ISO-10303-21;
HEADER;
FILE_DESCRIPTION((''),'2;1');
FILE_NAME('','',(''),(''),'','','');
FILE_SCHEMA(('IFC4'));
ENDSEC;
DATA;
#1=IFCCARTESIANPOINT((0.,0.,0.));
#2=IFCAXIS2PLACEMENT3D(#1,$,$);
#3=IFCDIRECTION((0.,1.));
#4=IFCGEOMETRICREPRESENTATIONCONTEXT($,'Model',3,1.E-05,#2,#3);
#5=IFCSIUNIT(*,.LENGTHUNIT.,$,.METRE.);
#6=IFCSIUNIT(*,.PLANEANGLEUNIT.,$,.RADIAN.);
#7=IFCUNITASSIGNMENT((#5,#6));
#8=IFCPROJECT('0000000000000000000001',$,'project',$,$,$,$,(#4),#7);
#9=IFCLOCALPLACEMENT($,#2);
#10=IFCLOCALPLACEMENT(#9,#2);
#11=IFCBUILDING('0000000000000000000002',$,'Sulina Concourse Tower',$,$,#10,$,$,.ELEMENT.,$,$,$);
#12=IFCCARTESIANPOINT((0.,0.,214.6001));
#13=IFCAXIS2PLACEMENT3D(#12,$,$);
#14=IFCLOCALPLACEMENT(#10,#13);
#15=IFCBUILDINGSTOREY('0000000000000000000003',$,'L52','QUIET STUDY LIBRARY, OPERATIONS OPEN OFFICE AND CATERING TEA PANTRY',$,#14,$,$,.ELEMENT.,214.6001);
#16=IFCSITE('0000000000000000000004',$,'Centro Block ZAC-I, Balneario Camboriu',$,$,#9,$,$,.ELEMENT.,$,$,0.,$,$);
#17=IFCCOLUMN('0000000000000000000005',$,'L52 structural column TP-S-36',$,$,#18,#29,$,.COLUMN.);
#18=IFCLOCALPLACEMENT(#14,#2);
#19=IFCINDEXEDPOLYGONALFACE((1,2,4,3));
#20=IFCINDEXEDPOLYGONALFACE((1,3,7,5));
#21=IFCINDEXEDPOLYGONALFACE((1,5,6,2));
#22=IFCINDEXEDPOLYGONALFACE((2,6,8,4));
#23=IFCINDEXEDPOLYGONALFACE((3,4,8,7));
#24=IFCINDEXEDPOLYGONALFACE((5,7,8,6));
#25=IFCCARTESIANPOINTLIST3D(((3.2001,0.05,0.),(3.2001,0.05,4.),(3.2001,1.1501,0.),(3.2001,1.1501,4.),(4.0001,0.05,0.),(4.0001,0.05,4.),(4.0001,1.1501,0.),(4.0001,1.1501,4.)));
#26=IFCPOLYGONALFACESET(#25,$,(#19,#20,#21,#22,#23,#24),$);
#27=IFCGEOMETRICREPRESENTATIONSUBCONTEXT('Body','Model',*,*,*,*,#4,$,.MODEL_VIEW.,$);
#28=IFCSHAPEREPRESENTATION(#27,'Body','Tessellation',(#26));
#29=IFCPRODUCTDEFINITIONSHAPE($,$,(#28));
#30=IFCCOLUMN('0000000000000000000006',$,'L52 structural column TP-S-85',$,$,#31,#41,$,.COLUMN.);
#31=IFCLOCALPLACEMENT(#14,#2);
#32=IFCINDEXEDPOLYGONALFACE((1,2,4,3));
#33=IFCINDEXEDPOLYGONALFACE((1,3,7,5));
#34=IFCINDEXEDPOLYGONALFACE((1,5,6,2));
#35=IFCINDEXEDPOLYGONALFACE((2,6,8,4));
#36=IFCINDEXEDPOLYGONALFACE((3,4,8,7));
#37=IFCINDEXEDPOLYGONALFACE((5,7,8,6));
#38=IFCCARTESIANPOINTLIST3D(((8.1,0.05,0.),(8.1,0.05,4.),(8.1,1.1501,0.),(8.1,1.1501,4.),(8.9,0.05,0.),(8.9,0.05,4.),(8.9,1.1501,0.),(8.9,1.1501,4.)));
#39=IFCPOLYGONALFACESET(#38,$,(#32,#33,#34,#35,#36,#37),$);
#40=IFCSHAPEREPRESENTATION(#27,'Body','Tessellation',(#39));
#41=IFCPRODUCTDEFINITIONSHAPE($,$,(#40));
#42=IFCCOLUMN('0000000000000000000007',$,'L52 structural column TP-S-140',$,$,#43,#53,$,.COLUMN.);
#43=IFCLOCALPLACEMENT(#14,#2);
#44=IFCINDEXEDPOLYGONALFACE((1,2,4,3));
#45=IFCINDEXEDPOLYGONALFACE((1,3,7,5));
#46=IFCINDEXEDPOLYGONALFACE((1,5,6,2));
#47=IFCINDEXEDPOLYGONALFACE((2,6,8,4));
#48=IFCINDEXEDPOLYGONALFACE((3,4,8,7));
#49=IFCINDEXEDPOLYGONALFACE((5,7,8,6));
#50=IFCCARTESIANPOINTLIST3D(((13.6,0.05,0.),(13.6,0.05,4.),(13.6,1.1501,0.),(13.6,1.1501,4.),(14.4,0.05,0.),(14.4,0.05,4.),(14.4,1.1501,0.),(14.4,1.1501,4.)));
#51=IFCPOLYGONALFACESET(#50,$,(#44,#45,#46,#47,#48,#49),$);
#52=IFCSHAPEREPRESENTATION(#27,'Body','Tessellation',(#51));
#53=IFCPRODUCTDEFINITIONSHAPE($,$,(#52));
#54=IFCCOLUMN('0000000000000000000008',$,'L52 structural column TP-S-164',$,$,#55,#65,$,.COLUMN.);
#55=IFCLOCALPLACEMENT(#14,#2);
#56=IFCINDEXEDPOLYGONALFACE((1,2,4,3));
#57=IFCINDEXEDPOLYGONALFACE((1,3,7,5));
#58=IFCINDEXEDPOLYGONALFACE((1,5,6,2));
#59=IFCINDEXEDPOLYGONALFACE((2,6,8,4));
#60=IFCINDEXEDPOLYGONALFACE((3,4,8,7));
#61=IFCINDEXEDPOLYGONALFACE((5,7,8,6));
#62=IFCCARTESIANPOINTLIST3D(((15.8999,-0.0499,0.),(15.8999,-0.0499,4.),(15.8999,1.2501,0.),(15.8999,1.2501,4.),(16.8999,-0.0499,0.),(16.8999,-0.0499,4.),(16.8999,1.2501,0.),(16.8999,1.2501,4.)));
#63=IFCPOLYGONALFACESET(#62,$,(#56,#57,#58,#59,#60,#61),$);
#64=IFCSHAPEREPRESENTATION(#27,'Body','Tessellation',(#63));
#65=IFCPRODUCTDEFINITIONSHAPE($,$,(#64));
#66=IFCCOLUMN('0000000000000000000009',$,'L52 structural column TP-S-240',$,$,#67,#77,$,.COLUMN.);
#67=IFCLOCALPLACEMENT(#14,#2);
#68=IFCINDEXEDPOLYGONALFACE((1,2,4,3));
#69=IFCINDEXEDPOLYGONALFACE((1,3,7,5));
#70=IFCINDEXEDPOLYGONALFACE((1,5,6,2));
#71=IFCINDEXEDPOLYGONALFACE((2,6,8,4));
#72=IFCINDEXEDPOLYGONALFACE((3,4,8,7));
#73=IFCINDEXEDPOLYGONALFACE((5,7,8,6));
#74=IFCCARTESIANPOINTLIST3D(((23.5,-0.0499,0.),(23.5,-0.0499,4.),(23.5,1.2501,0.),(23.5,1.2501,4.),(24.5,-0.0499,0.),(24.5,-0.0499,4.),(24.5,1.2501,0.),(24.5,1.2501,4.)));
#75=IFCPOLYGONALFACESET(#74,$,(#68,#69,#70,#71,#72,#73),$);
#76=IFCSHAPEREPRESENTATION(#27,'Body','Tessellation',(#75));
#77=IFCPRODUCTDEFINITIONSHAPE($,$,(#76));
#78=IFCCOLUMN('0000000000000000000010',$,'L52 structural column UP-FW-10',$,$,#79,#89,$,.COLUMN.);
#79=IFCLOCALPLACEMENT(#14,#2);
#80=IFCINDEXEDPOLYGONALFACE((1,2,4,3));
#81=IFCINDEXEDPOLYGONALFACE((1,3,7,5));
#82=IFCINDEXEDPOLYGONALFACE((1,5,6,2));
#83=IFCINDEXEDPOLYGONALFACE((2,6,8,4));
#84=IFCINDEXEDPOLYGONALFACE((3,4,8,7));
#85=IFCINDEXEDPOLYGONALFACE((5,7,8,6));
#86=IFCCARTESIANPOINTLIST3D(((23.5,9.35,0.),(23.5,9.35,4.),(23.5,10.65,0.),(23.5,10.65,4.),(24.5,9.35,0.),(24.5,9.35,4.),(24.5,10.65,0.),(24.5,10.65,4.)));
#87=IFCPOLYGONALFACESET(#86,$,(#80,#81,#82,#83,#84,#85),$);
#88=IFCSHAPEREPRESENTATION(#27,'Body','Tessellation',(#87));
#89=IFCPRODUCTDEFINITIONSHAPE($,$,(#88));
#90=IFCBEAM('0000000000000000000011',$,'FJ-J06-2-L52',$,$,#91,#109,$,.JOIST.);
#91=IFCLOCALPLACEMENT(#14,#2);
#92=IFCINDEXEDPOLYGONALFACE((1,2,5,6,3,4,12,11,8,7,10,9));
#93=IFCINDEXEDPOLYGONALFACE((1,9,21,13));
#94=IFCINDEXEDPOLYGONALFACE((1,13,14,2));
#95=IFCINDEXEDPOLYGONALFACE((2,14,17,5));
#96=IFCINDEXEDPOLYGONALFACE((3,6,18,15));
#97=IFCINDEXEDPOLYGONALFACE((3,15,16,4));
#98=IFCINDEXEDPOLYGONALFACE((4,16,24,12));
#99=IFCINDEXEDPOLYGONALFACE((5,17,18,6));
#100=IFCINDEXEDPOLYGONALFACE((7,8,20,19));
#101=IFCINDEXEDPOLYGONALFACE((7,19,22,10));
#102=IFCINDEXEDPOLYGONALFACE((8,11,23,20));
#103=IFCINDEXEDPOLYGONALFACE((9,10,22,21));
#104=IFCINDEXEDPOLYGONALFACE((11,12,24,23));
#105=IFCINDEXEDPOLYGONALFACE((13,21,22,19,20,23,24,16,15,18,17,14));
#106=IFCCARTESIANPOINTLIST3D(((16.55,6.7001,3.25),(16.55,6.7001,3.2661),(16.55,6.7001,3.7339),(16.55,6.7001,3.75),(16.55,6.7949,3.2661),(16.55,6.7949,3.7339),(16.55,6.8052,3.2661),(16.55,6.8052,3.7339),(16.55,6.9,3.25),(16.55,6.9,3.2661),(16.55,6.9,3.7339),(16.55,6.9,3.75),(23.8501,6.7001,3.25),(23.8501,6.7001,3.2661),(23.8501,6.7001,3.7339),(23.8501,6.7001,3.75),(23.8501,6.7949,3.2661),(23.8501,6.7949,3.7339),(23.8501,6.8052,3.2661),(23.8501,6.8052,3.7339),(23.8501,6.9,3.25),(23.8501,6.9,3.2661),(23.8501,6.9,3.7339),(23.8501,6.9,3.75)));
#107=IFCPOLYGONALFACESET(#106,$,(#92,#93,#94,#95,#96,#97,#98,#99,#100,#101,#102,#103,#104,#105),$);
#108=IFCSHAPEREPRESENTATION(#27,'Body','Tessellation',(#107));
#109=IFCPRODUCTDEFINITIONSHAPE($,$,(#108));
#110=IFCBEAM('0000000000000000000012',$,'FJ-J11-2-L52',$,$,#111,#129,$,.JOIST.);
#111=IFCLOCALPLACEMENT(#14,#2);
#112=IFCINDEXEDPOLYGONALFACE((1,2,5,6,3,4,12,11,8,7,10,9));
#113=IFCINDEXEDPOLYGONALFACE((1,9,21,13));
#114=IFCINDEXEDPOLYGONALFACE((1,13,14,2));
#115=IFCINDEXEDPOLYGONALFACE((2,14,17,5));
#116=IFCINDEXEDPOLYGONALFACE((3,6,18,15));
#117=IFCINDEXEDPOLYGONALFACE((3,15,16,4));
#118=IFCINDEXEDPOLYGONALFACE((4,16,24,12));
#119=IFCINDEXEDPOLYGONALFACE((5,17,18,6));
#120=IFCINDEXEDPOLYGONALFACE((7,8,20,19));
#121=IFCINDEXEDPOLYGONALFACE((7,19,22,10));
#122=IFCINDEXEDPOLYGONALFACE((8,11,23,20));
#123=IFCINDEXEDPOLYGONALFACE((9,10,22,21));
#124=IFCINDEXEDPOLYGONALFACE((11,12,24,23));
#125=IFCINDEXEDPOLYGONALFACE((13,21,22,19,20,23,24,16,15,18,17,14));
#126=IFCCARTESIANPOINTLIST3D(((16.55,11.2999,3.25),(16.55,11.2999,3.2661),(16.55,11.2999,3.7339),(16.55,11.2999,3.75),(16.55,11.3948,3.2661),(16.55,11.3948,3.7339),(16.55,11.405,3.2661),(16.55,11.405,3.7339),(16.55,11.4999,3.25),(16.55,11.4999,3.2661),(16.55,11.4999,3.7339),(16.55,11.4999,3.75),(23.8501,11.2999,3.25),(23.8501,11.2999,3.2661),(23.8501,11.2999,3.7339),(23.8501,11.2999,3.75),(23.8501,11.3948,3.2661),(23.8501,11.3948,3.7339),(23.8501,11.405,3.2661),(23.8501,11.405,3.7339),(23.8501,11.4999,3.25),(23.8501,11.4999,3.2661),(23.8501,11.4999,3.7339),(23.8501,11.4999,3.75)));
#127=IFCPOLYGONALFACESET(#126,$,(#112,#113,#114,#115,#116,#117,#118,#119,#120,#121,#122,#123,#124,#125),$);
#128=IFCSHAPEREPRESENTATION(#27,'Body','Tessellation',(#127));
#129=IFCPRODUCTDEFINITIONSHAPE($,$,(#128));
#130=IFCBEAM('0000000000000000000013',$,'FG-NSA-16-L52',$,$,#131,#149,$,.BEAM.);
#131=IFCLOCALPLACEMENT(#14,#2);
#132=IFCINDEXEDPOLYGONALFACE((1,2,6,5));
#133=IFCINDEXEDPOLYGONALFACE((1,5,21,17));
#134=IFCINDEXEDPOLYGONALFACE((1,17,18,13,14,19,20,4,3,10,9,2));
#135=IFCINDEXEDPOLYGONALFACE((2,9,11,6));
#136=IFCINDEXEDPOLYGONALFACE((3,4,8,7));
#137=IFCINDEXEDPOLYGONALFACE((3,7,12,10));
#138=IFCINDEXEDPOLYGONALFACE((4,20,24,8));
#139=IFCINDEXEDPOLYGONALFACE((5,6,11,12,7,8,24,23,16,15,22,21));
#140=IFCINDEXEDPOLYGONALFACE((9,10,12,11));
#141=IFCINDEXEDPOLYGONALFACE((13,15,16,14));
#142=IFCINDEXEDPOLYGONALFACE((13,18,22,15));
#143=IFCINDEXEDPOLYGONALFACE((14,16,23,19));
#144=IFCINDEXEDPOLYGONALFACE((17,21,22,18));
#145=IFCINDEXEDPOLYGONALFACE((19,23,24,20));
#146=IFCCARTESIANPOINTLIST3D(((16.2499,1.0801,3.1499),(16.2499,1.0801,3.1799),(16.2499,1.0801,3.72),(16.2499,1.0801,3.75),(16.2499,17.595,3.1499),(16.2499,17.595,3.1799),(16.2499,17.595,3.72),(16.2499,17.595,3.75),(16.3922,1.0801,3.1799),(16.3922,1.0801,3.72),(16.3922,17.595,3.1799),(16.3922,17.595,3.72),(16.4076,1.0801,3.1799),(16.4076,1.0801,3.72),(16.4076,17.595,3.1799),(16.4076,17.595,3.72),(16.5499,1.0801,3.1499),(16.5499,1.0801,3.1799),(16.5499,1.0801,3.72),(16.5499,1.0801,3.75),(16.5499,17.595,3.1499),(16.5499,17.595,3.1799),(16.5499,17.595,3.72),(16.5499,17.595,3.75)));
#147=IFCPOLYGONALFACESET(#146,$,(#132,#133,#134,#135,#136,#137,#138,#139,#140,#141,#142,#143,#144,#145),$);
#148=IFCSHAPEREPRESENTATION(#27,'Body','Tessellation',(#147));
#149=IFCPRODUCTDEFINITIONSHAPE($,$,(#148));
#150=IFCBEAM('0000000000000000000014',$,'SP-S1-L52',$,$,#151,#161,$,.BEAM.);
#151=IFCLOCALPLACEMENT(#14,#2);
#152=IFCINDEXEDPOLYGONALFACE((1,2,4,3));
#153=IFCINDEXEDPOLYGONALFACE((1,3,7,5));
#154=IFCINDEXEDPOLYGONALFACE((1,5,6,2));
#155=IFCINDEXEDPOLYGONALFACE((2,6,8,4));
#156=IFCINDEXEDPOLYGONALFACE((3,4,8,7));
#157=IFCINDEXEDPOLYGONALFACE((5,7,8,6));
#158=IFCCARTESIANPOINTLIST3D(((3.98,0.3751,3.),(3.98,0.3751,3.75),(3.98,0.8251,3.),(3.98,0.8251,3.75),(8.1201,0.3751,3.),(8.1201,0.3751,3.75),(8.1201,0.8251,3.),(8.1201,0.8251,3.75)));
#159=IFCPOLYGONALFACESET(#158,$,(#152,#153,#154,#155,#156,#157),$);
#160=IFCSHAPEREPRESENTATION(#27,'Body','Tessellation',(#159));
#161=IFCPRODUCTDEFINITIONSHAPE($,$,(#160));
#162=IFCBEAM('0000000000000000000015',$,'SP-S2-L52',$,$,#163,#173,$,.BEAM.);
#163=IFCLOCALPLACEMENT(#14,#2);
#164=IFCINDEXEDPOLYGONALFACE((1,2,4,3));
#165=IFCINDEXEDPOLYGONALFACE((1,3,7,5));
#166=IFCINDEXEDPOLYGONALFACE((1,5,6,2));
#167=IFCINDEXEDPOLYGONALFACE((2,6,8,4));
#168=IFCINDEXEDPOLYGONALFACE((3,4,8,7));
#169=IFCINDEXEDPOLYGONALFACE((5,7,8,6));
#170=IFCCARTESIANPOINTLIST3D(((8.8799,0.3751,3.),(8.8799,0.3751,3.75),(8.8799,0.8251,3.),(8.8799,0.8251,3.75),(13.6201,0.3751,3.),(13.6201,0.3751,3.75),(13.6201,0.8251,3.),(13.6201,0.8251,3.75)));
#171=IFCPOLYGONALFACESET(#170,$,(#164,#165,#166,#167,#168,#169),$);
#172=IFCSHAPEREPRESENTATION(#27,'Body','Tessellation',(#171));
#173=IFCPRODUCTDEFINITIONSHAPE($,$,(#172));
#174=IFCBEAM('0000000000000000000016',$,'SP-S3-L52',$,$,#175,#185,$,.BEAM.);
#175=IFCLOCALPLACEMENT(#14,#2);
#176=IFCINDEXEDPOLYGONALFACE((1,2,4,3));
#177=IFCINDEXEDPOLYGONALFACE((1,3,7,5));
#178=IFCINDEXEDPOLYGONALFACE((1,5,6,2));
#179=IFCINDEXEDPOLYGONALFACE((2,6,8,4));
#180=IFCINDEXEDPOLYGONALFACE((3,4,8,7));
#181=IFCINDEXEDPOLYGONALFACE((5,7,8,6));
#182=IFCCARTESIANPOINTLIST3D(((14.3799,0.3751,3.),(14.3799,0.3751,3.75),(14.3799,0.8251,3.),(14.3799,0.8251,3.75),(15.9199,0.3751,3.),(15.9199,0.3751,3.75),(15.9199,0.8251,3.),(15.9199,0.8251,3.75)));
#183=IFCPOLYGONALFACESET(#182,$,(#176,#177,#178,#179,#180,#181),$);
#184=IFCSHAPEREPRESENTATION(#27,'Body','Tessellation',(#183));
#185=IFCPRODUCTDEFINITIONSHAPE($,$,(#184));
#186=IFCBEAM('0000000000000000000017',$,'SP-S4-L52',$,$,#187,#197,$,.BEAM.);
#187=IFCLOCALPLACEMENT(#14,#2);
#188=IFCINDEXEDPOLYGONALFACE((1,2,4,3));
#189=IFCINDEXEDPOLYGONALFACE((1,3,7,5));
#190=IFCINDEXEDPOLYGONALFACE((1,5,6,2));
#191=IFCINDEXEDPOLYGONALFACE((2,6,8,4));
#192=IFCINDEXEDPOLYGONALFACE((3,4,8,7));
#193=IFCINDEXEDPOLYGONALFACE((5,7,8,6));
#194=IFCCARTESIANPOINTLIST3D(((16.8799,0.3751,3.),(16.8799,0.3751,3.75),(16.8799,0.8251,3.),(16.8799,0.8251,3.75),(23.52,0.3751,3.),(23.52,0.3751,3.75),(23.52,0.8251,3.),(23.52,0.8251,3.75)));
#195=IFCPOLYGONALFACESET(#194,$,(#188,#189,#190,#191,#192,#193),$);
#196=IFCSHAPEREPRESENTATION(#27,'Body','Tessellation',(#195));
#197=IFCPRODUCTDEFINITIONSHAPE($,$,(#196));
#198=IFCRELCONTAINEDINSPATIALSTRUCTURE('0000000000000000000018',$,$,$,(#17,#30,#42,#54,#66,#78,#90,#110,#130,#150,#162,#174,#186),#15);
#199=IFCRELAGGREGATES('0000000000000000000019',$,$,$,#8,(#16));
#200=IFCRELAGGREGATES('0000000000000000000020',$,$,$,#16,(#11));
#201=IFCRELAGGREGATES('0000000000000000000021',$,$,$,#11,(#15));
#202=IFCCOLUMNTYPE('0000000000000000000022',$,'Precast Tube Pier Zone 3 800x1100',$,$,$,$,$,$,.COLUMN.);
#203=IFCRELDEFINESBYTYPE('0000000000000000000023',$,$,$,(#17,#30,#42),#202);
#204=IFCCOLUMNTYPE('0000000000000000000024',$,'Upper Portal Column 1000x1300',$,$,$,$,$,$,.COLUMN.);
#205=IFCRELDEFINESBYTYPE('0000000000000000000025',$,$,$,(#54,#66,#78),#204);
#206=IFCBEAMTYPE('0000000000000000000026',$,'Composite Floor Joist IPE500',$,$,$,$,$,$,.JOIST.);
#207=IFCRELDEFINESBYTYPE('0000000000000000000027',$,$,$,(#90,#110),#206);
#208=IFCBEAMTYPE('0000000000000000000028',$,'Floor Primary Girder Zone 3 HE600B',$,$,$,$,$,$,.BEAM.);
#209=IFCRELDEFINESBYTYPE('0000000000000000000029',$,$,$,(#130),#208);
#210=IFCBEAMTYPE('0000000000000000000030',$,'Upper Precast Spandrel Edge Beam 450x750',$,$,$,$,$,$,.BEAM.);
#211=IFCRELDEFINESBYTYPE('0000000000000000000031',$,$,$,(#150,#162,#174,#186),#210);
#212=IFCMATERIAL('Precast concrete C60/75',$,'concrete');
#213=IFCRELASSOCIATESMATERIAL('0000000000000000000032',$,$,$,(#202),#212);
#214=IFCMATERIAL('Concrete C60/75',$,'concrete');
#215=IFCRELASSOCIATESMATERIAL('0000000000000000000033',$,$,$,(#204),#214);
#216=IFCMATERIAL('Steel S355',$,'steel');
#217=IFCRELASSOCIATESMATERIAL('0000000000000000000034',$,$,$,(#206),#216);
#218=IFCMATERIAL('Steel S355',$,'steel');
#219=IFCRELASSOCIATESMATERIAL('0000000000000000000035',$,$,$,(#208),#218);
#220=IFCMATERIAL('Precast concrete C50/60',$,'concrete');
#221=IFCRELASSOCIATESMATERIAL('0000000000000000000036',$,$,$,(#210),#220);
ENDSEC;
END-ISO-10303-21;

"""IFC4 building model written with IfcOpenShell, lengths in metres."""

from ifc_helpers import new_model, si_unit, direction, frame, origin, origin_2d, place, context, subcontext, project, spatial, rectangle, i_section, extrude, material, material_profile, profile_set, type_object, element, save


model = new_model("IFC4")

# Units and contexts
model_context = context("Model", 3, precision=1e-05, world=origin(), true_north=direction((0.0, 1.0)))
body_context = subcontext(model_context, "Body", "Model", "MODEL_VIEW")
ifc_project = project(units=[si_unit("LENGTHUNIT", "METRE"), si_unit("PLANEANGLEUNIT", "RADIAN")], contexts=[model_context])

# Site, building, storey
site_placement = place(None, origin())
site = spatial("IfcSite", under=ifc_project, at=site_placement, Name="Centro Block ZAC-I, Balneario Camboriu", CompositionType="ELEMENT", RefElevation=0.0)
building_placement = place(site_placement, origin())
building = spatial("IfcBuilding", under=site, at=building_placement, Name="Sulina Concourse Tower", CompositionType="ELEMENT")
storey_placement = place(building_placement, frame((0.0, 0.0, 214.6001)))
storey = spatial("IfcBuildingStorey", under=building, at=storey_placement, Name="L52", Description="QUIET STUDY LIBRARY, OPERATIONS OPEN OFFICE AND CATERING TEA PANTRY", CompositionType="ELEMENT", Elevation=214.6001)

# Columns
ifc_material_1 = material(Name="Precast concrete C60/75", Category="concrete")
ifc_material_profile_1 = material_profile(ifc_material_1, rectangle(XDim=0.8, YDim=1.1001, at=origin_2d()), Name="PC 800x1100")
ifc_profile_set_1 = profile_set([ifc_material_profile_1], Name="Precast concrete C60/75")
column_type_1 = type_object("IfcColumnType", Name="Precast Tube Pier Zone 3 800x1100", PredefinedType="COLUMN", material=ifc_profile_set_1)
for number, where, z_axis, x_axis, name in (
    (1, (3.6001, 0.6001, 0.0), (0.0, 0.0, 1.0), (1.0, 0.0, 0.0), "L52 structural column TP-S-36"),
    (2, (8.5, 0.6001, 0.0), (0.0, 0.0, 1.0), (1.0, 0.0, 0.0), "L52 structural column TP-S-85"),
    (3, (14.0, 0.6001, 0.0), (0.0, 0.0, 1.0), (1.0, 0.0, 0.0), "L52 structural column TP-S-140"),
):
    element("IfcColumn", number, at=place(storey_placement, frame(where, z_axis=z_axis, x_axis=x_axis)), inside=storey, type_object=column_type_1, Name=name, PredefinedType="COLUMN", context=body_context, shape_type="SweptSolid", body=[
        extrude(rectangle(XDim=0.8, YDim=1.1001, at=origin_2d()), origin(), (0.0, 0.0, 1.0), 4.0),
    ])
ifc_material_2 = material(Name="Concrete C60/75", Category="concrete")
ifc_material_profile_2 = material_profile(ifc_material_2, rectangle(XDim=1.0, YDim=1.3, at=origin_2d()), Name="RC 1000x1300")
ifc_profile_set_2 = profile_set([ifc_material_profile_2], Name="Concrete C60/75")
column_type_2 = type_object("IfcColumnType", Name="Upper Portal Column 1000x1300", PredefinedType="COLUMN", material=ifc_profile_set_2)
for number, where, z_axis, x_axis, name in (
    (4, (16.3999, 0.6001, 0.0), (0.0, 0.0, 1.0), (1.0, 0.0, 0.0), "L52 structural column TP-S-164"),
    (5, (24.0, 0.6001, 0.0), (0.0, 0.0, 1.0), (1.0, 0.0, 0.0), "L52 structural column TP-S-240"),
    (6, (24.0, 10.0, 0.0), (0.0, 0.0, 1.0), (1.0, 0.0, 0.0), "L52 structural column UP-FW-10"),
):
    element("IfcColumn", number, at=place(storey_placement, frame(where, z_axis=z_axis, x_axis=x_axis)), inside=storey, type_object=column_type_2, Name=name, PredefinedType="COLUMN", context=body_context, shape_type="SweptSolid", body=[
        extrude(rectangle(XDim=1.0, YDim=1.3, at=origin_2d()), origin(), (0.0, 0.0, 1.0), 4.0),
    ])

# Beams
ifc_material_3 = material(Name="Steel S355", Category="steel")
ifc_material_profile_3 = material_profile(ifc_material_3, i_section(OverallWidth=0.2, OverallDepth=0.5, WebThickness=0.0103, FlangeThickness=0.0161, at=origin_2d()), Name="IPE 500")
ifc_profile_set_3 = profile_set([ifc_material_profile_3], Name="Steel S355")
beam_type_1 = type_object("IfcBeamType", Name="Composite Floor Joist IPE500", PredefinedType="JOIST", material=ifc_profile_set_3)
for number, where, z_axis, x_axis, name in (
    (7, (16.55, 6.8, 3.5), (1.0, 0.0, 0.0), (0.0, 1.0, 0.0), "FJ-J06-2-L52"),
    (8, (16.55, 11.3999, 3.5), (1.0, 0.0, 0.0), (0.0, 1.0, 0.0), "FJ-J11-2-L52"),
):
    element("IfcBeam", number, at=place(storey_placement, frame(where, z_axis=z_axis, x_axis=x_axis)), inside=storey, type_object=beam_type_1, Name=name, PredefinedType="JOIST", context=body_context, shape_type="SweptSolid", body=[
        extrude(i_section(OverallWidth=0.2, OverallDepth=0.5, WebThickness=0.0103, FlangeThickness=0.0161, at=origin_2d()), origin(), (0.0, 0.0, 1.0), 7.3),
    ])
ifc_material_4 = material(Name="Steel S355", Category="steel")
ifc_material_profile_4 = material_profile(ifc_material_4, i_section(OverallWidth=0.3, OverallDepth=0.6001, WebThickness=0.0154, FlangeThickness=0.03, at=origin_2d()), Name="HE 600 B")
ifc_profile_set_4 = profile_set([ifc_material_profile_4], Name="Steel S355")
beam_type_2 = type_object("IfcBeamType", Name="Floor Primary Girder Zone 3 HE600B", PredefinedType="BEAM", material=ifc_profile_set_4)
beam_1_placement = place(storey_placement, frame((16.3999, 1.0801, 3.45), z_axis=(0.0, 1.0, 0.0), x_axis=(-1.0, 0.0, 0.0)))
element("IfcBeam", 9, at=beam_1_placement, inside=storey, type_object=beam_type_2, Name="FG-NSA-16-L52", PredefinedType="BEAM", context=body_context, shape_type="SweptSolid", body=[
    extrude(i_section(OverallWidth=0.3, OverallDepth=0.6001, WebThickness=0.0154, FlangeThickness=0.03, at=origin_2d()), origin(), (0.0, 0.0, 1.0), 16.5149),
])
ifc_material_5 = material(Name="Precast concrete C50/60", Category="concrete")
ifc_material_profile_5 = material_profile(ifc_material_5, rectangle(XDim=0.45, YDim=0.75, at=origin_2d()), Name="RC 450x750")
ifc_profile_set_5 = profile_set([ifc_material_profile_5], Name="Precast concrete C50/60")
beam_type_3 = type_object("IfcBeamType", Name="Upper Precast Spandrel Edge Beam 450x750", PredefinedType="BEAM", material=ifc_profile_set_5)
beam_2_placement = place(storey_placement, frame((3.98, 0.6001, 3.375), z_axis=(1.0, 0.0, 0.0), x_axis=(0.0, 1.0, 0.0)))
element("IfcBeam", 10, at=beam_2_placement, inside=storey, type_object=beam_type_3, Name="SP-S1-L52", PredefinedType="BEAM", context=body_context, shape_type="SweptSolid", body=[
    extrude(rectangle(XDim=0.45, YDim=0.75, at=origin_2d()), origin(), (0.0, 0.0, 1.0), 4.1401),
])
beam_3_placement = place(storey_placement, frame((8.8799, 0.6001, 3.375), z_axis=(1.0, 0.0, 0.0), x_axis=(0.0, 1.0, 0.0)))
element("IfcBeam", 11, at=beam_3_placement, inside=storey, type_object=beam_type_3, Name="SP-S2-L52", PredefinedType="BEAM", context=body_context, shape_type="SweptSolid", body=[
    extrude(rectangle(XDim=0.45, YDim=0.75, at=origin_2d()), origin(), (0.0, 0.0, 1.0), 4.7402),
])
beam_4_placement = place(storey_placement, frame((14.3799, 0.6001, 3.375), z_axis=(1.0, 0.0, 0.0), x_axis=(0.0, 1.0, 0.0)))
element("IfcBeam", 12, at=beam_4_placement, inside=storey, type_object=beam_type_3, Name="SP-S3-L52", PredefinedType="BEAM", context=body_context, shape_type="SweptSolid", body=[
    extrude(rectangle(XDim=0.45, YDim=0.75, at=origin_2d()), origin(), (0.0, 0.0, 1.0), 1.54),
])
beam_5_placement = place(storey_placement, frame((16.8799, 0.6001, 3.375), z_axis=(1.0, 0.0, 0.0), x_axis=(0.0, 1.0, 0.0)))
element("IfcBeam", 13, at=beam_5_placement, inside=storey, type_object=beam_type_3, Name="SP-S4-L52", PredefinedType="BEAM", context=body_context, shape_type="SweptSolid", body=[
    extrude(rectangle(XDim=0.45, YDim=0.75, at=origin_2d()), origin(), (0.0, 0.0, 1.0), 6.6401),
])

save(model, "model.ifc")
